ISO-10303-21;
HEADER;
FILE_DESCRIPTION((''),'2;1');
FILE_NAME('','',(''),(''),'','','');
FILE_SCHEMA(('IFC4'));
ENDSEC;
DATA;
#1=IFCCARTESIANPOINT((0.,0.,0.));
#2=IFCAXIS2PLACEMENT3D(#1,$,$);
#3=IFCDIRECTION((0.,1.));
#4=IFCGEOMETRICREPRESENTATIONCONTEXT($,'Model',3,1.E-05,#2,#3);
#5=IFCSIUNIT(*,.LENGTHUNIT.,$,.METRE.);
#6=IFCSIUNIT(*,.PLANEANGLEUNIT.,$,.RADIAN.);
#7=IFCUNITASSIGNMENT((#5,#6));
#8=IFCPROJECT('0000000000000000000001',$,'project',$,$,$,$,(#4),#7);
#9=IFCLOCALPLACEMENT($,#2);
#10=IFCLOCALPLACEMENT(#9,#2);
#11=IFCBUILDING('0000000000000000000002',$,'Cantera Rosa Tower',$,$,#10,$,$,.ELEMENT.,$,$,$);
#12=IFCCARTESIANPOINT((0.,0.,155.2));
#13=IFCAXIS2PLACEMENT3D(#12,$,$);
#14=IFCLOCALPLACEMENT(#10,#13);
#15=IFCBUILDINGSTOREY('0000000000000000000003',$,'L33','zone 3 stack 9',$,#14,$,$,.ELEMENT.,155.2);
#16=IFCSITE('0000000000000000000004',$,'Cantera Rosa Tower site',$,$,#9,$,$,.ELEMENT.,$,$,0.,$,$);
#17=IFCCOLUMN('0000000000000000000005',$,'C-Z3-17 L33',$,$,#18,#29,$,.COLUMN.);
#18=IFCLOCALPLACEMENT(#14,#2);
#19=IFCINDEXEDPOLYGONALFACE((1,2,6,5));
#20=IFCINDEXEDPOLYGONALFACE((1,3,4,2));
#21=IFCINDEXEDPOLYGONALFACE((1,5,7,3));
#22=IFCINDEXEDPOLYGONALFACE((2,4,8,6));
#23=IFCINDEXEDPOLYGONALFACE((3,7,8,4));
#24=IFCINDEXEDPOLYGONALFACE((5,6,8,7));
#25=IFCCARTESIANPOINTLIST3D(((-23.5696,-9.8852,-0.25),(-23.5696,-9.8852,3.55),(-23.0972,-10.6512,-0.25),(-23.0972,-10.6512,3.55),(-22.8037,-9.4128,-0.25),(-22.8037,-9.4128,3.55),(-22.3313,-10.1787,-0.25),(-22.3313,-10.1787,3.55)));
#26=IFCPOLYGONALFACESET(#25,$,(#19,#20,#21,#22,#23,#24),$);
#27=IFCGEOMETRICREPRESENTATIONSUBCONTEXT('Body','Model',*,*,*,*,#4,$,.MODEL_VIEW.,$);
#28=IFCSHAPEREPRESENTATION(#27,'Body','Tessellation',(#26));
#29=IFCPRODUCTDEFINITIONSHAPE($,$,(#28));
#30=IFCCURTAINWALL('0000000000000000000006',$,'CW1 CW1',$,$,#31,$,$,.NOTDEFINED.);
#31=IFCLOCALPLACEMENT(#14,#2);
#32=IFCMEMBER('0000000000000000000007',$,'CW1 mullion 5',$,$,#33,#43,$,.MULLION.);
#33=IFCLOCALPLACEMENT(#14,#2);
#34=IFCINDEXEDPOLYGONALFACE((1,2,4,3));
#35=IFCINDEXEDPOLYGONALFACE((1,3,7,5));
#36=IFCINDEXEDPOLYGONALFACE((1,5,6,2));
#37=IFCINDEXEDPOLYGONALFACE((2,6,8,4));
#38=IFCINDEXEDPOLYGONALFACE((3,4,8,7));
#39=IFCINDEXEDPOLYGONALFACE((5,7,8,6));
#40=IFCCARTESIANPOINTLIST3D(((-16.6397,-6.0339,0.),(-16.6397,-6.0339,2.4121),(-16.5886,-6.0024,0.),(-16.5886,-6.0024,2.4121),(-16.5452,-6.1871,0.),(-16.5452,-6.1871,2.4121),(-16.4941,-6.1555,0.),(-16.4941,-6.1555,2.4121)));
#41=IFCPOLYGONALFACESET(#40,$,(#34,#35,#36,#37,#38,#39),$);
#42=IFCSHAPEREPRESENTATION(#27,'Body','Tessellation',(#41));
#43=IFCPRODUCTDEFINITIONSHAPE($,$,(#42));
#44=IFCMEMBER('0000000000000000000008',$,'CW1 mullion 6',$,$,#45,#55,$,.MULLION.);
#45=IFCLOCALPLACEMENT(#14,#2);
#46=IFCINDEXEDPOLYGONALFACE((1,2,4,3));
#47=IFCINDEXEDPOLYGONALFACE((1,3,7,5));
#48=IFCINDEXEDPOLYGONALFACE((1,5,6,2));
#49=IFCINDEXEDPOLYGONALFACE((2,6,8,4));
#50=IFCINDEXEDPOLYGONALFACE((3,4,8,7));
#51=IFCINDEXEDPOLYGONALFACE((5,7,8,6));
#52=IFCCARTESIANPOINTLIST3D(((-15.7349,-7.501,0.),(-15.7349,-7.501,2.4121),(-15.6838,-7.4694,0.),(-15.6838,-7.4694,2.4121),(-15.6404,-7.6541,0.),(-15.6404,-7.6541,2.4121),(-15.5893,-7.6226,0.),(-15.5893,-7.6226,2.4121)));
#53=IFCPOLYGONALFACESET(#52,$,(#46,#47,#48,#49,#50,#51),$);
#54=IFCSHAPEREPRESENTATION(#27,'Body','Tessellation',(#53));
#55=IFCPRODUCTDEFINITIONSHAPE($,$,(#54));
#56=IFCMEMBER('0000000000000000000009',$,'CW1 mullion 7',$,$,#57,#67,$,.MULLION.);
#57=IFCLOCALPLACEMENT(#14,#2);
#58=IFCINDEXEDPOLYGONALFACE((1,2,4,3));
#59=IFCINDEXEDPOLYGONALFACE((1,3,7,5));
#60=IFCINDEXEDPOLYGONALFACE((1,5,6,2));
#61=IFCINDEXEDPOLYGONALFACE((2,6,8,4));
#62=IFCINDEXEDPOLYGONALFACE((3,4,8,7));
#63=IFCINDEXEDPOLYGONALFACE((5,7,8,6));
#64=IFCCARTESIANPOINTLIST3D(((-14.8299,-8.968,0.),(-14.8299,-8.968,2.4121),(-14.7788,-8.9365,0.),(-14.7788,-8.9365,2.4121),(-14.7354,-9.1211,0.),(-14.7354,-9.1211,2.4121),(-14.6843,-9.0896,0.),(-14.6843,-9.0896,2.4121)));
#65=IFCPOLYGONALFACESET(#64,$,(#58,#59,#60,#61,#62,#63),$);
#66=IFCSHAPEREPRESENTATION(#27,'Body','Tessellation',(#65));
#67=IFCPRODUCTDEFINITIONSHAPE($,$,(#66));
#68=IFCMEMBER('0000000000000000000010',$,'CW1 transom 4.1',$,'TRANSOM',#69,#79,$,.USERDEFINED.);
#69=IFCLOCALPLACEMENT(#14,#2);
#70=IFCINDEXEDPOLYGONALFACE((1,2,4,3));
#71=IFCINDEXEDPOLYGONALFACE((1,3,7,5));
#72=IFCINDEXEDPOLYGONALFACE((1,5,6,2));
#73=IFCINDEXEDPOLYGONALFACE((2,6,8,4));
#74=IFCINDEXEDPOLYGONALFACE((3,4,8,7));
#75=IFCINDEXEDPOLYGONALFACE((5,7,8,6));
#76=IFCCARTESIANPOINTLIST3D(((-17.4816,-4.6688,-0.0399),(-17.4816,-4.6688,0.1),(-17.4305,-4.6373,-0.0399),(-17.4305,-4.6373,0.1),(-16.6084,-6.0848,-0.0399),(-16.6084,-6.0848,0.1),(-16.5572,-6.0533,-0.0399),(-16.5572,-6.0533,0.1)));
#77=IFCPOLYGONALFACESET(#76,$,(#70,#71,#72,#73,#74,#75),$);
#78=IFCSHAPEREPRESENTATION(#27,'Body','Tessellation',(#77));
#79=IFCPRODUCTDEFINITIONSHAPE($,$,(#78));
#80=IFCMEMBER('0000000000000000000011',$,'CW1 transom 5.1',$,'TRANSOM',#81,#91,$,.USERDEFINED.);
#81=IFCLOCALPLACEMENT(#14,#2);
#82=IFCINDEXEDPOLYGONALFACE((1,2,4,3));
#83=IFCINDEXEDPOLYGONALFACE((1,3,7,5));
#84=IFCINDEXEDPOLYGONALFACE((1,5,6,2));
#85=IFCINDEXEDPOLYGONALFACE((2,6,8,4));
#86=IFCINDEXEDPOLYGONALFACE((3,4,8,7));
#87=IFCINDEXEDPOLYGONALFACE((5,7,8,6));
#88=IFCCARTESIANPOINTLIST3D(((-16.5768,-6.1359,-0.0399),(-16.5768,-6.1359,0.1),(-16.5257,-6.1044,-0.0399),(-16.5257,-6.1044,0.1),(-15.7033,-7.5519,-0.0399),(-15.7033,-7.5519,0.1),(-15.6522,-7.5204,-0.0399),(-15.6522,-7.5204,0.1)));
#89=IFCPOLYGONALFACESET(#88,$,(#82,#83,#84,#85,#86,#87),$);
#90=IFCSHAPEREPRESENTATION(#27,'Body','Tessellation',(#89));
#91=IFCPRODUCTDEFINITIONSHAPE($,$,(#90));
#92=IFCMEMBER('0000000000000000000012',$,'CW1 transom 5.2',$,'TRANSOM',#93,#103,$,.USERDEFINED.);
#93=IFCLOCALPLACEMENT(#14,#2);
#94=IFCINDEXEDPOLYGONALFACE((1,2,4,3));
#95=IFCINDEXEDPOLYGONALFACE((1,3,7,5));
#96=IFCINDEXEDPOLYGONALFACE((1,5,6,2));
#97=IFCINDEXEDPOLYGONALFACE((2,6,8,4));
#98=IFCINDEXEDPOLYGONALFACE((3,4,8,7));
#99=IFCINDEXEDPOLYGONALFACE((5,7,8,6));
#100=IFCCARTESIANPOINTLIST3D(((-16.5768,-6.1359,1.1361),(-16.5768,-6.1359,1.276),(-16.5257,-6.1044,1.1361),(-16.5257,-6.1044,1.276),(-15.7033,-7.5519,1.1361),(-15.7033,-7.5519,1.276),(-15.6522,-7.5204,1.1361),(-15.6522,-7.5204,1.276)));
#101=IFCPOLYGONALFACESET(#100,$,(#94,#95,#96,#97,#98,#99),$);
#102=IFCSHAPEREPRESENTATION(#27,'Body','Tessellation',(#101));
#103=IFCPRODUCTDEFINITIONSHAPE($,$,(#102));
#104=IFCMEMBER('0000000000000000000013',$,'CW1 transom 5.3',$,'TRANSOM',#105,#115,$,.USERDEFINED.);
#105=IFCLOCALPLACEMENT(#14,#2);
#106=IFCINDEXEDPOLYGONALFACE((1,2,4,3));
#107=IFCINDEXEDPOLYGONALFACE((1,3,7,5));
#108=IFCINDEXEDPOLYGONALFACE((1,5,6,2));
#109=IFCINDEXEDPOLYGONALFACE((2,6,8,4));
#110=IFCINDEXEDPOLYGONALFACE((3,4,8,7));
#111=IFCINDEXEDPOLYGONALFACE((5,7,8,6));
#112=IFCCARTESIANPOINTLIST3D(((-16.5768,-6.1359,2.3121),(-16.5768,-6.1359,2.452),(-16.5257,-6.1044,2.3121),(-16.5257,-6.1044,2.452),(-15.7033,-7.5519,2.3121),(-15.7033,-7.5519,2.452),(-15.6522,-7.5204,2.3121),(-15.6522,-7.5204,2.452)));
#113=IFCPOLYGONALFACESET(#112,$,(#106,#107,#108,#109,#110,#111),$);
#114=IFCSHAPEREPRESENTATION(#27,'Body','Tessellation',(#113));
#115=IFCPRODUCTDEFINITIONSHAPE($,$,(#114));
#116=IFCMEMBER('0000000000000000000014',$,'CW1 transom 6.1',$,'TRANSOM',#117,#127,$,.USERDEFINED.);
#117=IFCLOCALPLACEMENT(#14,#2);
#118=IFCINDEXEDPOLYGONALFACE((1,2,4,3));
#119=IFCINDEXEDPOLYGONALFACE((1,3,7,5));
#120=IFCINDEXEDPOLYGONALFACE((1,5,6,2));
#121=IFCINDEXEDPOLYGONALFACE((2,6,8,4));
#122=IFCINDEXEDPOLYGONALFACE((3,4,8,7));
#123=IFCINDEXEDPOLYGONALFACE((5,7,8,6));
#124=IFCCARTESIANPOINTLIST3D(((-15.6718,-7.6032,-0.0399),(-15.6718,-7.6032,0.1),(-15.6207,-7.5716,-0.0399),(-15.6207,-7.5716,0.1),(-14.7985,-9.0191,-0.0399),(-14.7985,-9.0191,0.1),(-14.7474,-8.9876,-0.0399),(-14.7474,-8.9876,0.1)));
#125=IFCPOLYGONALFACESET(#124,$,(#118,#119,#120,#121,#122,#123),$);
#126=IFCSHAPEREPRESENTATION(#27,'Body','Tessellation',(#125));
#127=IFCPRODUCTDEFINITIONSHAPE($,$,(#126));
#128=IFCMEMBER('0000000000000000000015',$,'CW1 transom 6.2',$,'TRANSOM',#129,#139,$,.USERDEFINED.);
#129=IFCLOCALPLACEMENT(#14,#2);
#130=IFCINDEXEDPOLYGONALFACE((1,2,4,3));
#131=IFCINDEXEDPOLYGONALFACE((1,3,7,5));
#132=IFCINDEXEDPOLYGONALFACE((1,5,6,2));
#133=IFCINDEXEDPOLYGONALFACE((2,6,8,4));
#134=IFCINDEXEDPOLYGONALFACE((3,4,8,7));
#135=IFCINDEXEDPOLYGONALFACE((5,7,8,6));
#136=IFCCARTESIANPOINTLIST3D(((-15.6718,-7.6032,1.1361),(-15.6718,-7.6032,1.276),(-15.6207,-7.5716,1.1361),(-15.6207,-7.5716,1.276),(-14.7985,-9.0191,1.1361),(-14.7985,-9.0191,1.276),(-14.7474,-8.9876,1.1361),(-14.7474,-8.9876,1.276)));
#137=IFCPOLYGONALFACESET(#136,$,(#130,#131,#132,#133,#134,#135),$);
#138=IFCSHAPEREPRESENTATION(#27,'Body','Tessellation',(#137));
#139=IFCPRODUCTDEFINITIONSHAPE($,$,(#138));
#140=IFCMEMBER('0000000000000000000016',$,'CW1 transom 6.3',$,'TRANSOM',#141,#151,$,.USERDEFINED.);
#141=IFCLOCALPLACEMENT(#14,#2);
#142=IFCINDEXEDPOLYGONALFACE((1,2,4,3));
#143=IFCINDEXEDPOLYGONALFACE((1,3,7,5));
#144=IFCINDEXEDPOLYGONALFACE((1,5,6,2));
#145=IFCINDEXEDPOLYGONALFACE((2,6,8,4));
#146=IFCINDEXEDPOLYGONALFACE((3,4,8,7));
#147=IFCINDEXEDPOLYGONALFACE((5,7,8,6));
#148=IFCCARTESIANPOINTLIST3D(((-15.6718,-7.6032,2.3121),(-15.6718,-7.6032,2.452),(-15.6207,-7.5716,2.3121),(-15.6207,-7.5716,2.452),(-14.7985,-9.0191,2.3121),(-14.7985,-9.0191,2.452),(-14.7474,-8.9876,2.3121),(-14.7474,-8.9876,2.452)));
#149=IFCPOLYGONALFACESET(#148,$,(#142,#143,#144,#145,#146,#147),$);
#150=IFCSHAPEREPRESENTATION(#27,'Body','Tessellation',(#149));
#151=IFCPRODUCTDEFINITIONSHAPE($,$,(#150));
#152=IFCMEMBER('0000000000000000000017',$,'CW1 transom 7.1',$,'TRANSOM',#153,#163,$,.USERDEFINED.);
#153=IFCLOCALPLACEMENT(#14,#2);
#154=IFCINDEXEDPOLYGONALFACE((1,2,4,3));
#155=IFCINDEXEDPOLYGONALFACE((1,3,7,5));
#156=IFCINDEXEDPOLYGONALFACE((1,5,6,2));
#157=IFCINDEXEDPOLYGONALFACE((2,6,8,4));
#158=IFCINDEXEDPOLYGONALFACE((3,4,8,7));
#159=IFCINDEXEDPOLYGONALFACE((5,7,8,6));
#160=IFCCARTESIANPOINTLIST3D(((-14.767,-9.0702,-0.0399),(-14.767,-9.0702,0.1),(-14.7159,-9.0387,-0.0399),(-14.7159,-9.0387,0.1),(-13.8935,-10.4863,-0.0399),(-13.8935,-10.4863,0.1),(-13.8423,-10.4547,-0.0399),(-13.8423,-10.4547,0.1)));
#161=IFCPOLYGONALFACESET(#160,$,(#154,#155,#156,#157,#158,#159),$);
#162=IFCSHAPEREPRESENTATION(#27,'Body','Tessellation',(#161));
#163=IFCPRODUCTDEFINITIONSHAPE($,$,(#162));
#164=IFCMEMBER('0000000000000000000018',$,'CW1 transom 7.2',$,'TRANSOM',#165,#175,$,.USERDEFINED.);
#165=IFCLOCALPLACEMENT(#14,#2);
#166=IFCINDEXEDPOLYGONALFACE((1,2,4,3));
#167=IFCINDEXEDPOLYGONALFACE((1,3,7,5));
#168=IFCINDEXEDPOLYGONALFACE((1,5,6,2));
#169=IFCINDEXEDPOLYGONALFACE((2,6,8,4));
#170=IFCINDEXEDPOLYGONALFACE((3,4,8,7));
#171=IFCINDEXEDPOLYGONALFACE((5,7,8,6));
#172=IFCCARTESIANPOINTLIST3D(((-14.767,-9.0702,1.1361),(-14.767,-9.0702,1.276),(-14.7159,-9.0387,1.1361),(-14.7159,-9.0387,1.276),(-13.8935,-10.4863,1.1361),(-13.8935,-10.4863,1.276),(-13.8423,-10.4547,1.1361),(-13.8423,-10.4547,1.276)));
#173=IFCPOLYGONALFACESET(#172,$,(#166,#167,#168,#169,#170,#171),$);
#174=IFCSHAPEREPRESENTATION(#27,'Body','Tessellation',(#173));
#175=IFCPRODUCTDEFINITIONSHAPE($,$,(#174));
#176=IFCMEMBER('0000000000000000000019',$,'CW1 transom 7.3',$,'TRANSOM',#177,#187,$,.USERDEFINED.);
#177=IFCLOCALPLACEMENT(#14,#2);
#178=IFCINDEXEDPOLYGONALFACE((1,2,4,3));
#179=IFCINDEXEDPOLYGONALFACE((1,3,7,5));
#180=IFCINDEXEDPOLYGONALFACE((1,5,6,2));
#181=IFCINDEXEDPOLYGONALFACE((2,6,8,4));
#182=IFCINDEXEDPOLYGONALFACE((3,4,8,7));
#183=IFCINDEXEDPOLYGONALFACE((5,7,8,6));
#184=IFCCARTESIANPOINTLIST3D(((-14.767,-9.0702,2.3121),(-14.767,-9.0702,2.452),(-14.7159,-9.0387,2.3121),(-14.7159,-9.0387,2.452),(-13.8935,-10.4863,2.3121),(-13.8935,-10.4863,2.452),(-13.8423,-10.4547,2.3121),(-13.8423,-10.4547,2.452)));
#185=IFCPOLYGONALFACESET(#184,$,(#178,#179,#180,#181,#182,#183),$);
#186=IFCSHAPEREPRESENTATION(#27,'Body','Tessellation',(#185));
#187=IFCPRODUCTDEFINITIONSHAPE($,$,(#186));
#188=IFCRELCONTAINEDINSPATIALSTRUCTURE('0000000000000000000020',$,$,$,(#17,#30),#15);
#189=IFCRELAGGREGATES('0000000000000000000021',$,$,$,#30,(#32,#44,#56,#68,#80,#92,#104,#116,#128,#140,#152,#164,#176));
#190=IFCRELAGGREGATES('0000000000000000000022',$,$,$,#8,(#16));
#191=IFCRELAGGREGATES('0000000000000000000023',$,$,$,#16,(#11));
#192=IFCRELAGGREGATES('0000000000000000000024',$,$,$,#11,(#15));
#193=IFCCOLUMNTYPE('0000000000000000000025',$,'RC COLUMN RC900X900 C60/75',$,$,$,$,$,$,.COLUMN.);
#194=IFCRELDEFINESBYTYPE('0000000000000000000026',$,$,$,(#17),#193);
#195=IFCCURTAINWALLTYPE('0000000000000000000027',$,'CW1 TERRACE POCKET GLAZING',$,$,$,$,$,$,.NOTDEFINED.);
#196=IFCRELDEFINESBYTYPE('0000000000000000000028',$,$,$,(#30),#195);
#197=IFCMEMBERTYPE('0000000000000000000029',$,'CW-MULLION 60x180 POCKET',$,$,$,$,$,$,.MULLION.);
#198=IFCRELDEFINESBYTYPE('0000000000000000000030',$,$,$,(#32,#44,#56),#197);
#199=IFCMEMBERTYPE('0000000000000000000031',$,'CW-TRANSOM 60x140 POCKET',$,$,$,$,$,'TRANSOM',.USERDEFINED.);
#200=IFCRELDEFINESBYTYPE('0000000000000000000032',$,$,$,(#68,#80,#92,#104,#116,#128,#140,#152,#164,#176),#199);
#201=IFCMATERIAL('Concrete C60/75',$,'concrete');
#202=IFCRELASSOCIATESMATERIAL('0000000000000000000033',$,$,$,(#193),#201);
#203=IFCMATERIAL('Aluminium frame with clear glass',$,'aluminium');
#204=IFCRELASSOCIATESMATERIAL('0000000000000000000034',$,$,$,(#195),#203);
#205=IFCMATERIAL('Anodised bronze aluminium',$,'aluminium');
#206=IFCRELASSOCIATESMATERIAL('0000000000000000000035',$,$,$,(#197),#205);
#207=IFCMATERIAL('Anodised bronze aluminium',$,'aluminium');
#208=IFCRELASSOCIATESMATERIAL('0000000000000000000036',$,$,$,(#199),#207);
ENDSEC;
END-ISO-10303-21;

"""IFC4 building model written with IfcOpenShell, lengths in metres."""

from ifc_helpers import new_model, si_unit, direction, frame, origin, origin_2d, place, context, subcontext, project, spatial, rectangle, extrude, material, material_profile, profile_set, type_object, element, aggregate, save


model = new_model("IFC4")

# Units and contexts
model_context = context("Model", 3, precision=1e-05, world=origin(), true_north=direction((0.0, 1.0)))
body_context = subcontext(model_context, "Body", "Model", "MODEL_VIEW")
ifc_project = project(units=[si_unit("LENGTHUNIT", "METRE"), si_unit("PLANEANGLEUNIT", "RADIAN")], contexts=[model_context])

# Site, building, storey
site_placement = place(None, origin())
site = spatial("IfcSite", under=ifc_project, at=site_placement, Name="Cantera Rosa Tower site", CompositionType="ELEMENT", RefElevation=0.0)
building_placement = place(site_placement, origin())
building = spatial("IfcBuilding", under=site, at=building_placement, Name="Cantera Rosa Tower", CompositionType="ELEMENT")
storey_placement = place(building_placement, frame((0.0, 0.0, 155.2)))
storey = spatial("IfcBuildingStorey", under=building, at=storey_placement, Name="L33", Description="zone 3 stack 9", CompositionType="ELEMENT", Elevation=155.2)

# Column
ifc_material_1 = material(Name="Concrete C60/75", Category="concrete")
ifc_material_profile_1 = material_profile(ifc_material_1, rectangle(XDim=0.8999, YDim=0.8999, at=origin_2d()), Name="RC COLUMN RC900X900 C60/75")
ifc_profile_set_1 = profile_set([ifc_material_profile_1], Name="Concrete C60/75")
column_type = type_object("IfcColumnType", Name="RC COLUMN RC900X900 C60/75", PredefinedType="COLUMN", material=ifc_profile_set_1)
column_placement = place(storey_placement, frame((-22.9504, -10.032, -0.25), z_axis=(0.0, 0.0, 1.0), x_axis=(0.851117, 0.524977, 0.0)))
element("IfcColumn", 1, at=column_placement, inside=storey, type_object=column_type, Name="C-Z3-17 L33", PredefinedType="COLUMN", context=body_context, shape_type="SweptSolid", body=[
    extrude(rectangle(XDim=0.8999, YDim=0.8999, at=origin_2d()), origin(), (0.0, 0.0, 1.0), 3.8),
])

# Curtain wall, members
ifc_material_2 = material(Name="Aluminium frame with clear glass", Category="aluminium")
curtain_wall_type = type_object("IfcCurtainWallType", Name="CW1 TERRACE POCKET GLAZING", PredefinedType="NOTDEFINED", material=ifc_material_2)
curtain_wall_placement = place(storey_placement, origin())
curtain_wall = element("IfcCurtainWall", 2, at=curtain_wall_placement, inside=storey, type_object=curtain_wall_type, Name="CW1 CW1", PredefinedType="NOTDEFINED")
ifc_material_3 = material(Name="Anodised bronze aluminium", Category="aluminium")
ifc_material_profile_2 = material_profile(ifc_material_3, rectangle(XDim=0.0601, YDim=0.1799, at=origin_2d()), Name="CW-MULLION 60x180 POCKET")
ifc_profile_set_2 = profile_set([ifc_material_profile_2], Name="Anodised bronze aluminium")
member_type_1 = type_object("IfcMemberType", Name="CW-MULLION 60x180 POCKET", PredefinedType="MULLION", material=ifc_profile_set_2)
member_1_placement = place(storey_placement, frame((-16.5669, -6.0947, 0.0), z_axis=(0.0, 0.0, 1.0), x_axis=(0.851117, 0.524977, 0.0)))
member_1 = element("IfcMember", 3, at=member_1_placement, type_object=member_type_1, Name="CW1 mullion 5", PredefinedType="MULLION", context=body_context, shape_type="SweptSolid", body=[
    extrude(rectangle(XDim=0.0601, YDim=0.1799, at=origin_2d()), origin(), (0.0, 0.0, 1.0), 2.4121),
])
member_2_placement = place(storey_placement, frame((-15.6621, -7.5618, 0.0), z_axis=(0.0, 0.0, 1.0), x_axis=(0.851117, 0.524977, 0.0)))
member_2 = element("IfcMember", 4, at=member_2_placement, type_object=member_type_1, Name="CW1 mullion 6", PredefinedType="MULLION", context=body_context, shape_type="SweptSolid", body=[
    extrude(rectangle(XDim=0.0601, YDim=0.1799, at=origin_2d()), origin(), (0.0, 0.0, 1.0), 2.4121),
])
member_3_placement = place(storey_placement, frame((-14.7571, -9.0288, 0.0), z_axis=(0.0, 0.0, 1.0), x_axis=(0.851117, 0.524977, 0.0)))
member_3 = element("IfcMember", 5, at=member_3_placement, type_object=member_type_1, Name="CW1 mullion 7", PredefinedType="MULLION", context=body_context, shape_type="SweptSolid", body=[
    extrude(rectangle(XDim=0.0601, YDim=0.1799, at=origin_2d()), origin(), (0.0, 0.0, 1.0), 2.4121),
])
ifc_material_4 = material(Name="Anodised bronze aluminium", Category="aluminium")
ifc_material_profile_3 = material_profile(ifc_material_4, rectangle(XDim=0.0601, YDim=0.1399, at=origin_2d()), Name="CW-TRANSOM 60x140 POCKET")
ifc_profile_set_3 = profile_set([ifc_material_profile_3], Name="Anodised bronze aluminium")
member_type_2 = type_object("IfcMemberType", Name="CW-TRANSOM 60x140 POCKET", ElementType="TRANSOM", PredefinedType="USERDEFINED", material=ifc_profile_set_3)
member_4_placement = place(storey_placement, frame((-17.4561, -4.6531, 0.03), z_axis=(0.524924, -0.851149, 0.0), x_axis=(0.851149, 0.524924, 0.0)))
member_4 = element("IfcMember", 6, at=member_4_placement, type_object=member_type_2, Name="CW1 transom 4.1", ObjectType="TRANSOM", PredefinedType="USERDEFINED", context=body_context, shape_type="SweptSolid", body=[
    extrude(rectangle(XDim=0.0601, YDim=0.1399, at=origin_2d()), origin(), (0.0, 0.0, 1.0), 1.6636),
])
member_5_placement = place(storey_placement, frame((-16.5513, -6.1201, 0.03), z_axis=(0.52503, -0.851083, 0.0), x_axis=(0.851083, 0.52503, 0.0)))
member_5 = element("IfcMember", 7, at=member_5_placement, type_object=member_type_2, Name="CW1 transom 5.1", ObjectType="TRANSOM", PredefinedType="USERDEFINED", context=body_context, shape_type="SweptSolid", body=[
    extrude(rectangle(XDim=0.0601, YDim=0.1399, at=origin_2d()), origin(), (0.0, 0.0, 1.0), 1.6638),
])
member_6_placement = place(storey_placement, frame((-16.5513, -6.1201, 1.2061), z_axis=(0.52503, -0.851083, 0.0), x_axis=(0.851083, 0.52503, 0.0)))
member_6 = element("IfcMember", 8, at=member_6_placement, type_object=member_type_2, Name="CW1 transom 5.2", ObjectType="TRANSOM", PredefinedType="USERDEFINED", context=body_context, shape_type="SweptSolid", body=[
    extrude(rectangle(XDim=0.0601, YDim=0.1399, at=origin_2d()), origin(), (0.0, 0.0, 1.0), 1.6638),
])
member_7_placement = place(storey_placement, frame((-16.5513, -6.1201, 2.3821), z_axis=(0.52503, -0.851083, 0.0), x_axis=(0.851083, 0.52503, 0.0)))
member_7 = element("IfcMember", 9, at=member_7_placement, type_object=member_type_2, Name="CW1 transom 5.3", ObjectType="TRANSOM", PredefinedType="USERDEFINED", context=body_context, shape_type="SweptSolid", body=[
    extrude(rectangle(XDim=0.0601, YDim=0.1399, at=origin_2d()), origin(), (0.0, 0.0, 1.0), 1.6638),
])
member_8_placement = place(storey_placement, frame((-15.6462, -7.5874, 0.03), z_axis=(0.524924, -0.851149, 0.0), x_axis=(0.851149, 0.524924, 0.0)))
member_8 = element("IfcMember", 10, at=member_8_placement, type_object=member_type_2, Name="CW1 transom 6.1", ObjectType="TRANSOM", PredefinedType="USERDEFINED", context=body_context, shape_type="SweptSolid", body=[
    extrude(rectangle(XDim=0.0601, YDim=0.1399, at=origin_2d()), origin(), (0.0, 0.0, 1.0), 1.6636),
])
member_9_placement = place(storey_placement, frame((-15.6462, -7.5874, 1.2061), z_axis=(0.524924, -0.851149, 0.0), x_axis=(0.851149, 0.524924, 0.0)))
member_9 = element("IfcMember", 11, at=member_9_placement, type_object=member_type_2, Name="CW1 transom 6.2", ObjectType="TRANSOM", PredefinedType="USERDEFINED", context=body_context, shape_type="SweptSolid", body=[
    extrude(rectangle(XDim=0.0601, YDim=0.1399, at=origin_2d()), origin(), (0.0, 0.0, 1.0), 1.6636),
])
member_10_placement = place(storey_placement, frame((-15.6462, -7.5874, 2.3821), z_axis=(0.524924, -0.851149, 0.0), x_axis=(0.851149, 0.524924, 0.0)))
member_10 = element("IfcMember", 12, at=member_10_placement, type_object=member_type_2, Name="CW1 transom 6.3", ObjectType="TRANSOM", PredefinedType="USERDEFINED", context=body_context, shape_type="SweptSolid", body=[
    extrude(rectangle(XDim=0.0601, YDim=0.1399, at=origin_2d()), origin(), (0.0, 0.0, 1.0), 1.6636),
])
member_11_placement = place(storey_placement, frame((-14.7415, -9.0544, 0.03), z_axis=(0.52503, -0.851083, 0.0), x_axis=(0.851083, 0.52503, 0.0)))
member_11 = element("IfcMember", 13, at=member_11_placement, type_object=member_type_2, Name="CW1 transom 7.1", ObjectType="TRANSOM", PredefinedType="USERDEFINED", context=body_context, shape_type="SweptSolid", body=[
    extrude(rectangle(XDim=0.0601, YDim=0.1399, at=origin_2d()), origin(), (0.0, 0.0, 1.0), 1.6638),
])
member_12_placement = place(storey_placement, frame((-14.7415, -9.0544, 1.2061), z_axis=(0.52503, -0.851083, 0.0), x_axis=(0.851083, 0.52503, 0.0)))
member_12 = element("IfcMember", 14, at=member_12_placement, type_object=member_type_2, Name="CW1 transom 7.2", ObjectType="TRANSOM", PredefinedType="USERDEFINED", context=body_context, shape_type="SweptSolid", body=[
    extrude(rectangle(XDim=0.0601, YDim=0.1399, at=origin_2d()), origin(), (0.0, 0.0, 1.0), 1.6638),
])
member_13_placement = place(storey_placement, frame((-14.7415, -9.0544, 2.3821), z_axis=(0.52503, -0.851083, 0.0), x_axis=(0.851083, 0.52503, 0.0)))
member_13 = element("IfcMember", 15, at=member_13_placement, type_object=member_type_2, Name="CW1 transom 7.3", ObjectType="TRANSOM", PredefinedType="USERDEFINED", context=body_context, shape_type="SweptSolid", body=[
    extrude(rectangle(XDim=0.0601, YDim=0.1399, at=origin_2d()), origin(), (0.0, 0.0, 1.0), 1.6638),
])

aggregate(curtain_wall, [member_1, member_2, member_3, member_4, member_5, member_6, member_7, member_8, member_9, member_10, member_11, member_12, member_13])

save(model, "model.ifc")
